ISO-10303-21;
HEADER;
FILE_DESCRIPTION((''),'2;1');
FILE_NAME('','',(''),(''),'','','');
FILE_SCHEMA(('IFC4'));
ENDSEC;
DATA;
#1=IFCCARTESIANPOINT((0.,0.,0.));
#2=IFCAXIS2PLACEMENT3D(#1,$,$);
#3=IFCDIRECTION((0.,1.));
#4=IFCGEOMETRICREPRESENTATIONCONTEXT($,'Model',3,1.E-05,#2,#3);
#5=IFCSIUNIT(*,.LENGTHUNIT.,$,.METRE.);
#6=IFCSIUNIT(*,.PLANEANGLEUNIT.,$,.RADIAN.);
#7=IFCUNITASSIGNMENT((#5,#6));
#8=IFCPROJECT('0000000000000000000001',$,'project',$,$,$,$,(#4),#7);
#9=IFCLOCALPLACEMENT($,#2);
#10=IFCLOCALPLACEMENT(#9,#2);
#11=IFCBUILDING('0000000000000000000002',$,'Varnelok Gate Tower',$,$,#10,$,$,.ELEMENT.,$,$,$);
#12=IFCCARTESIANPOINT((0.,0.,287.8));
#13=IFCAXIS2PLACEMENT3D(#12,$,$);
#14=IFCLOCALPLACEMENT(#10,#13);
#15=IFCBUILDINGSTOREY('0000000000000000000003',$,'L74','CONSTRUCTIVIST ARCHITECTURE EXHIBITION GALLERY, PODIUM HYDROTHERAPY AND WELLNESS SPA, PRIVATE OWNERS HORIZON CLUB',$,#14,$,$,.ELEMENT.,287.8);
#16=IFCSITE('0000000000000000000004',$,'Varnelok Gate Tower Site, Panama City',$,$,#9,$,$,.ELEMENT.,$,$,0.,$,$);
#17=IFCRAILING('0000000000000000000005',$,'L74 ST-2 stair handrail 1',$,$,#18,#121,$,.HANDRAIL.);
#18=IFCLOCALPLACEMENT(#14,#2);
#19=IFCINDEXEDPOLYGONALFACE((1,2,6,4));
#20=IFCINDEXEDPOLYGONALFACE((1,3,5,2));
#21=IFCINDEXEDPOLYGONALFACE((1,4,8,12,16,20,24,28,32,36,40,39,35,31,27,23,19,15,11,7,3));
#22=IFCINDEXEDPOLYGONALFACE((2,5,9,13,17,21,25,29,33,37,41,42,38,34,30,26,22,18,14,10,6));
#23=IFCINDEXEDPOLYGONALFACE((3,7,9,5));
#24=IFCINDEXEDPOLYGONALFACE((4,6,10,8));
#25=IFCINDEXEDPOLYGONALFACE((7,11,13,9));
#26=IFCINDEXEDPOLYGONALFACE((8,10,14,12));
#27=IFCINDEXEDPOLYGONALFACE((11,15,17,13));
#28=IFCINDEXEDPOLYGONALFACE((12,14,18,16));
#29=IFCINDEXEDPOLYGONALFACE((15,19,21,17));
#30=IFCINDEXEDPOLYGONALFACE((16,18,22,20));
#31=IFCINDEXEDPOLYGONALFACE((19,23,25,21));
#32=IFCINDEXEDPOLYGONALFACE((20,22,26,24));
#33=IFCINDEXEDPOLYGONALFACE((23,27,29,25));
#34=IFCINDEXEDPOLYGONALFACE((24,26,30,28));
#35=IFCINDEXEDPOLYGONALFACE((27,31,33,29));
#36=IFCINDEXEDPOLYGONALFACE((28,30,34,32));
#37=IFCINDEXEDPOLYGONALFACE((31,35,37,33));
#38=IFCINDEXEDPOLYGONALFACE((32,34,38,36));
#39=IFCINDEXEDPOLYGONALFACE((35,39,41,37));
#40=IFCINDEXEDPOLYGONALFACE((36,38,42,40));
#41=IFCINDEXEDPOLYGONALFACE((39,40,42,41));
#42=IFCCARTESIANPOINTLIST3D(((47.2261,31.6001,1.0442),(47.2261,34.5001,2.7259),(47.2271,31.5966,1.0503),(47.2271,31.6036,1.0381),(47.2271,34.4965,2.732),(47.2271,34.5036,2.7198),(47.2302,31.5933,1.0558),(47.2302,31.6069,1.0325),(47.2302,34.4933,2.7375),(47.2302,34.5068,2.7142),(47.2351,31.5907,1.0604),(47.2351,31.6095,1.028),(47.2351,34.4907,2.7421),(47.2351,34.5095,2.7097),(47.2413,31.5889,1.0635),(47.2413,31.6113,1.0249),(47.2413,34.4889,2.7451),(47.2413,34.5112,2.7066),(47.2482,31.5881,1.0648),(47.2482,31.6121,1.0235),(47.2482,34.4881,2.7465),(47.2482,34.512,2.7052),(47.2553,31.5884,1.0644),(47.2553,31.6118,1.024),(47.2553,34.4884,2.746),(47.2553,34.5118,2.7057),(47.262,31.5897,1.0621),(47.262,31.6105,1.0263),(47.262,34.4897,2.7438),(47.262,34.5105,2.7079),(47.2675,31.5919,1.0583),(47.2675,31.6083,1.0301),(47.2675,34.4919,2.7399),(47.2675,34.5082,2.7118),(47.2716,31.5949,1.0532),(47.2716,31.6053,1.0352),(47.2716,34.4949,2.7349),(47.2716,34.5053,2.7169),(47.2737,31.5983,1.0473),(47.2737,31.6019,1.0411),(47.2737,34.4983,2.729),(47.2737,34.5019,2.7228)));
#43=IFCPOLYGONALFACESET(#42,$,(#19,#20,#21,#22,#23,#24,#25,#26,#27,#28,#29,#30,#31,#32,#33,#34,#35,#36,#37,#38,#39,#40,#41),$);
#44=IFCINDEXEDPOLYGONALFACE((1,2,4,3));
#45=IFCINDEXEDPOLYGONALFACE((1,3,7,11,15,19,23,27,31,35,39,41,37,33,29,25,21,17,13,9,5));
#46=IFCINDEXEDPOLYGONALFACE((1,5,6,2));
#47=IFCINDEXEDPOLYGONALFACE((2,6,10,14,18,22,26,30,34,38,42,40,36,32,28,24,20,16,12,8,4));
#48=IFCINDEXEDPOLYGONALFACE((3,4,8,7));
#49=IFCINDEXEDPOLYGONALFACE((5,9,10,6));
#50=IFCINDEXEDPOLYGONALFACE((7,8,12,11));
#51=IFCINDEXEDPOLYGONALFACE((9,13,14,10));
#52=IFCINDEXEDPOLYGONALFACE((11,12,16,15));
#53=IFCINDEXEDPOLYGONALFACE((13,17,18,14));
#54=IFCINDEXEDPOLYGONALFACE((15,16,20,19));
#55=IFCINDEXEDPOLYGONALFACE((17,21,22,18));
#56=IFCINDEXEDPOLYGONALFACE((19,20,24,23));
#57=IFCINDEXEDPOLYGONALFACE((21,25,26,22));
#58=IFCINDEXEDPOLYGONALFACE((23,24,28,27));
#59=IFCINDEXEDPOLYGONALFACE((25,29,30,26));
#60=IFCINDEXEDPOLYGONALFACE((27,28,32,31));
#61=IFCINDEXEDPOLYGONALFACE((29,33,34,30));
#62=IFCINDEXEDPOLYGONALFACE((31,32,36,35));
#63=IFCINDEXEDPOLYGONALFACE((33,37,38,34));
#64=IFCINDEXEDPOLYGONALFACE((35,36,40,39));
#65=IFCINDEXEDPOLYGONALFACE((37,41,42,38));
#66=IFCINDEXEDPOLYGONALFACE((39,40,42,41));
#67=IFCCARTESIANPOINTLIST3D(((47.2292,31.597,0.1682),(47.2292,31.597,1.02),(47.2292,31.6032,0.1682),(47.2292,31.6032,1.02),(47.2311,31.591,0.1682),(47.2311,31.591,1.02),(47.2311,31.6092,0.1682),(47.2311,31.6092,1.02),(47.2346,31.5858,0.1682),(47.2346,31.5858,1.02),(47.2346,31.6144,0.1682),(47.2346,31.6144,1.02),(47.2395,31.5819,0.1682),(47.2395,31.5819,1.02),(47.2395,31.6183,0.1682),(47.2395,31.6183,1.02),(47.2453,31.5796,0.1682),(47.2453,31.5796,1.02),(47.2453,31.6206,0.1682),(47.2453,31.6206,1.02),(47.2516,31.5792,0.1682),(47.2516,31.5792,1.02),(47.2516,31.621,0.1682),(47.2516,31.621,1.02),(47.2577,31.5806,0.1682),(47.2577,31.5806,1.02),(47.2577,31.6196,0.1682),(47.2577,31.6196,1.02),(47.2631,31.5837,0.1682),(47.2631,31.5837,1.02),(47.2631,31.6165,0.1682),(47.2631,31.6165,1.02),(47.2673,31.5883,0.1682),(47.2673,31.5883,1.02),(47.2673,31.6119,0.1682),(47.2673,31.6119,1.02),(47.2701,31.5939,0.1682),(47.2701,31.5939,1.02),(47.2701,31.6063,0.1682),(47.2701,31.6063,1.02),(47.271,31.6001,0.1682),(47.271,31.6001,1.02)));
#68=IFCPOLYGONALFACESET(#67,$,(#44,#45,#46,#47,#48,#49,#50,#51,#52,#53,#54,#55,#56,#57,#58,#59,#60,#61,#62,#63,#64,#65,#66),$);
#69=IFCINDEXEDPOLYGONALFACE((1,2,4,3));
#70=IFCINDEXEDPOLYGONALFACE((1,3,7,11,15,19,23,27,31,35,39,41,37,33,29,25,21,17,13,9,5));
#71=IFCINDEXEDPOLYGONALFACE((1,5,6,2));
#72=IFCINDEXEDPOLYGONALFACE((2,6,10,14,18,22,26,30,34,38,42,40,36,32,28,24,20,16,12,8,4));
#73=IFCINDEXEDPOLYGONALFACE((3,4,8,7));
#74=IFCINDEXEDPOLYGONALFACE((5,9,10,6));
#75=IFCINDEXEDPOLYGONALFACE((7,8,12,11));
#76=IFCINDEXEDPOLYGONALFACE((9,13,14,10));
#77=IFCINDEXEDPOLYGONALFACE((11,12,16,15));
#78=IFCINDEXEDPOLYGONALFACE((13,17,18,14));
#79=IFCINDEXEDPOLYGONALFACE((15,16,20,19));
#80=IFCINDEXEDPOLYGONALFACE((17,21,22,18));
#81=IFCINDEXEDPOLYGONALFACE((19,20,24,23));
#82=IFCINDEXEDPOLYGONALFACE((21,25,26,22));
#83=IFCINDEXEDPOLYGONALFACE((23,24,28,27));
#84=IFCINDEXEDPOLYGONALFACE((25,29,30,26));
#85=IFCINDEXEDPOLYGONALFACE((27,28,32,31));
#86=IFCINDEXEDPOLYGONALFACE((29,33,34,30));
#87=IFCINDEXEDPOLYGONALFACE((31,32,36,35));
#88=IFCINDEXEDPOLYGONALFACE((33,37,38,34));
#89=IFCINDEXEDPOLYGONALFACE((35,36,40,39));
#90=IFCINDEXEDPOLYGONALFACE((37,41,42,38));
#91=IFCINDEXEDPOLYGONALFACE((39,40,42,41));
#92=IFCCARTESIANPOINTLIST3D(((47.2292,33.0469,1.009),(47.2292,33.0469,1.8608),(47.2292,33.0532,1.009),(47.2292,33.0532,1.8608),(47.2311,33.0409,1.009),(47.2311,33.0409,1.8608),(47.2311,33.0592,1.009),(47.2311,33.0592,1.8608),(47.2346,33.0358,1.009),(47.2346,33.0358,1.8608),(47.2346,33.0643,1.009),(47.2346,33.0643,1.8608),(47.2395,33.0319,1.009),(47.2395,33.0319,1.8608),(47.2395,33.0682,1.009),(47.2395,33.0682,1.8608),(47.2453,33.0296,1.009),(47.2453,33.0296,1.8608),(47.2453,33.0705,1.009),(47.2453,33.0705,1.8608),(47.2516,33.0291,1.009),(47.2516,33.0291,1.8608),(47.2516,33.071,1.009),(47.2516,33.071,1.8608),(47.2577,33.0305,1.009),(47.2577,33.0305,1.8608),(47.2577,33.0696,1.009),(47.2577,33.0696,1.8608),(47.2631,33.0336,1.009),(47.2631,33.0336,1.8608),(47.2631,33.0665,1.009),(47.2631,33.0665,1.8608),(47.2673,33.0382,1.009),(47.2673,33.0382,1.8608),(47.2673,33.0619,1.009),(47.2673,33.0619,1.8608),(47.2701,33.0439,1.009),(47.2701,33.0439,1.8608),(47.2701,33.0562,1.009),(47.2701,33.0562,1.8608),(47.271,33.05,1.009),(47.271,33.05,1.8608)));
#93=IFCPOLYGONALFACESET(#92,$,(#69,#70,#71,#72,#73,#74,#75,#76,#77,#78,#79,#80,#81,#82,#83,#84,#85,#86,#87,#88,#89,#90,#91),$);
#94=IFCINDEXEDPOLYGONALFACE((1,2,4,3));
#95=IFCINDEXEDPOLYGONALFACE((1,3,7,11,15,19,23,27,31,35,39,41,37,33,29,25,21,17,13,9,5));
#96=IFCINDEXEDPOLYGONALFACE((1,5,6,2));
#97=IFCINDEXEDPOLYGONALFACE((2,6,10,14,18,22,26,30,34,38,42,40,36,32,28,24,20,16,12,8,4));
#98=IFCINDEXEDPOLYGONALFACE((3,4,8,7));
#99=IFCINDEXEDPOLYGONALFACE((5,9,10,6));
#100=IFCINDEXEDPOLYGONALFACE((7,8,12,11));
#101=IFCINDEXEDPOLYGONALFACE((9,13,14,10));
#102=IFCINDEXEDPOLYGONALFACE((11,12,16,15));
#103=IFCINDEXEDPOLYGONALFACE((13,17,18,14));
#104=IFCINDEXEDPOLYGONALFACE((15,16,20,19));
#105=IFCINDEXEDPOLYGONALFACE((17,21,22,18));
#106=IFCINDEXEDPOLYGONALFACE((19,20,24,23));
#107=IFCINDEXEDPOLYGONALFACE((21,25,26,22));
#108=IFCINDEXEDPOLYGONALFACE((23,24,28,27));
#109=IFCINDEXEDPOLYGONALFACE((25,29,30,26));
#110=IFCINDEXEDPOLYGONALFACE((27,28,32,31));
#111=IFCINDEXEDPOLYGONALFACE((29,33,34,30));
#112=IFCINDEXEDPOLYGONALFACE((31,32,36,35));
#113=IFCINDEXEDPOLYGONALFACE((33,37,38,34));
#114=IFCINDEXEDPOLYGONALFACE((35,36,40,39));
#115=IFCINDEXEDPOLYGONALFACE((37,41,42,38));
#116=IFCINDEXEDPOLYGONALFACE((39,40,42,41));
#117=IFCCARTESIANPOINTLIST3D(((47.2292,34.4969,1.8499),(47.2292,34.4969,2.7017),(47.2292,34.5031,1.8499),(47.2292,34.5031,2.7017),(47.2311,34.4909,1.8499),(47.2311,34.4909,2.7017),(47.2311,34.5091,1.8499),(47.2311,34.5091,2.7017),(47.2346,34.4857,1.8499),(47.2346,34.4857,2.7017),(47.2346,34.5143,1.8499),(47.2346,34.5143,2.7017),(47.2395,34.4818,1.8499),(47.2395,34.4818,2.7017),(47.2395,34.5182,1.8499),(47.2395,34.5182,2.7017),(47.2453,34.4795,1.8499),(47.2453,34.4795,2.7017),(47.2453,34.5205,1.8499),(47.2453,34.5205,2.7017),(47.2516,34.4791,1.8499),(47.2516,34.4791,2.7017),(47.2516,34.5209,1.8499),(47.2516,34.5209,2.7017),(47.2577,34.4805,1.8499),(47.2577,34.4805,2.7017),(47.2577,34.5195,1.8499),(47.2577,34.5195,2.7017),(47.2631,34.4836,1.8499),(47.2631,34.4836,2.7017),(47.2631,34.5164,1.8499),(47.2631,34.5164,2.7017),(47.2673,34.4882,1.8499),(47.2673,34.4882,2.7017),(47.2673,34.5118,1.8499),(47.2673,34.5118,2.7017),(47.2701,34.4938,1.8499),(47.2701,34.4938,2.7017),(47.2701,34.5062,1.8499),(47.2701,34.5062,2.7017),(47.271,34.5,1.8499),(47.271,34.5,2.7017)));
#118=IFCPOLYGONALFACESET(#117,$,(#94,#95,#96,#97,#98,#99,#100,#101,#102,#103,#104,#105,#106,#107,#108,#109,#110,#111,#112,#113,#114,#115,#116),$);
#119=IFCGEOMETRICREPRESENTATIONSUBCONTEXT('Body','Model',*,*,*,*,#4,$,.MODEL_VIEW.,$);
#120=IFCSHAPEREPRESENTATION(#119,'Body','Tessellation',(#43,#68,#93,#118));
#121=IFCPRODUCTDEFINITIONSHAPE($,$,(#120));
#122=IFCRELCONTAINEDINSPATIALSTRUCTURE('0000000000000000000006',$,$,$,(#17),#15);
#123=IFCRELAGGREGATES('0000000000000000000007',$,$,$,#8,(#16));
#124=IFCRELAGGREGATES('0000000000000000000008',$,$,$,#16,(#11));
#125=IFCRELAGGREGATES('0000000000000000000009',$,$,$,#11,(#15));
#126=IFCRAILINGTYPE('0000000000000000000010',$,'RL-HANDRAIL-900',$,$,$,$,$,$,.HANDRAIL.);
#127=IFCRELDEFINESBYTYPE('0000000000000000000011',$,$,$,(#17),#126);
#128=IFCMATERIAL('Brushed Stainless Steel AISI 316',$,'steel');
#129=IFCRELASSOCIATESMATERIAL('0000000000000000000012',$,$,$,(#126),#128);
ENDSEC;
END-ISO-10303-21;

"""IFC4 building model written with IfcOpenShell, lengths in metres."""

from ifc_helpers import new_model, si_unit, direction, frame, origin, origin_2d, place, context, subcontext, project, spatial, circle, extrude, material, type_object, element, save


model = new_model("IFC4")

# Units and contexts
model_context = context("Model", 3, precision=1e-05, world=origin(), true_north=direction((0.0, 1.0)))
body_context = subcontext(model_context, "Body", "Model", "MODEL_VIEW")
ifc_project = project(units=[si_unit("LENGTHUNIT", "METRE"), si_unit("PLANEANGLEUNIT", "RADIAN")], contexts=[model_context])

# Site, building, storey
site_placement = place(None, origin())
site = spatial("IfcSite", under=ifc_project, at=site_placement, Name="Varnelok Gate Tower Site, Panama City", CompositionType="ELEMENT", RefElevation=0.0)
building_placement = place(site_placement, origin())
building = spatial("IfcBuilding", under=site, at=building_placement, Name="Varnelok Gate Tower", CompositionType="ELEMENT")
storey_placement = place(building_placement, frame((0.0, 0.0, 287.8)))
storey = spatial("IfcBuildingStorey", under=building, at=storey_placement, Name="L74", Description="CONSTRUCTIVIST ARCHITECTURE EXHIBITION GALLERY, PODIUM HYDROTHERAPY AND WELLNESS SPA, PRIVATE OWNERS HORIZON CLUB", CompositionType="ELEMENT", Elevation=287.8)

# Railing
ifc_material_1 = material(Name="Brushed Stainless Steel AISI 316", Category="steel")
railing_type_1 = type_object("IfcRailingType", Name="RL-HANDRAIL-900", PredefinedType="HANDRAIL", material=ifc_material_1)
railing_1_placement = place(storey_placement, frame((47.25, 31.6001, 0.1682)))
element("IfcRailing", 1, at=railing_1_placement, inside=storey, type_object=railing_type_1, Name="L74 ST-2 stair handrail 1", PredefinedType="HANDRAIL", context=body_context, shape_type="SweptSolid", body=[
    extrude(circle(Radius=0.0239, at=origin_2d()), frame((0.0, 0.0, 0.876), z_axis=(0.0, 0.86507, 0.501651), x_axis=(-1.0, 0.0, 0.0)), (0.0, 0.0, 1.0), 3.3523),
    extrude(circle(Radius=0.021, at=origin_2d()), origin(), (0.0, 0.0, 1.0), 0.8518),
    extrude(circle(Radius=0.021, at=origin_2d()), frame((0.0, 1.45, 0.8408)), (0.0, 0.0, 1.0), 0.8518),
    extrude(circle(Radius=0.021, at=origin_2d()), frame((0.0, 2.8999, 1.6816)), (0.0, 0.0, 1.0), 0.8518),
])

save(model, "model.ifc")
